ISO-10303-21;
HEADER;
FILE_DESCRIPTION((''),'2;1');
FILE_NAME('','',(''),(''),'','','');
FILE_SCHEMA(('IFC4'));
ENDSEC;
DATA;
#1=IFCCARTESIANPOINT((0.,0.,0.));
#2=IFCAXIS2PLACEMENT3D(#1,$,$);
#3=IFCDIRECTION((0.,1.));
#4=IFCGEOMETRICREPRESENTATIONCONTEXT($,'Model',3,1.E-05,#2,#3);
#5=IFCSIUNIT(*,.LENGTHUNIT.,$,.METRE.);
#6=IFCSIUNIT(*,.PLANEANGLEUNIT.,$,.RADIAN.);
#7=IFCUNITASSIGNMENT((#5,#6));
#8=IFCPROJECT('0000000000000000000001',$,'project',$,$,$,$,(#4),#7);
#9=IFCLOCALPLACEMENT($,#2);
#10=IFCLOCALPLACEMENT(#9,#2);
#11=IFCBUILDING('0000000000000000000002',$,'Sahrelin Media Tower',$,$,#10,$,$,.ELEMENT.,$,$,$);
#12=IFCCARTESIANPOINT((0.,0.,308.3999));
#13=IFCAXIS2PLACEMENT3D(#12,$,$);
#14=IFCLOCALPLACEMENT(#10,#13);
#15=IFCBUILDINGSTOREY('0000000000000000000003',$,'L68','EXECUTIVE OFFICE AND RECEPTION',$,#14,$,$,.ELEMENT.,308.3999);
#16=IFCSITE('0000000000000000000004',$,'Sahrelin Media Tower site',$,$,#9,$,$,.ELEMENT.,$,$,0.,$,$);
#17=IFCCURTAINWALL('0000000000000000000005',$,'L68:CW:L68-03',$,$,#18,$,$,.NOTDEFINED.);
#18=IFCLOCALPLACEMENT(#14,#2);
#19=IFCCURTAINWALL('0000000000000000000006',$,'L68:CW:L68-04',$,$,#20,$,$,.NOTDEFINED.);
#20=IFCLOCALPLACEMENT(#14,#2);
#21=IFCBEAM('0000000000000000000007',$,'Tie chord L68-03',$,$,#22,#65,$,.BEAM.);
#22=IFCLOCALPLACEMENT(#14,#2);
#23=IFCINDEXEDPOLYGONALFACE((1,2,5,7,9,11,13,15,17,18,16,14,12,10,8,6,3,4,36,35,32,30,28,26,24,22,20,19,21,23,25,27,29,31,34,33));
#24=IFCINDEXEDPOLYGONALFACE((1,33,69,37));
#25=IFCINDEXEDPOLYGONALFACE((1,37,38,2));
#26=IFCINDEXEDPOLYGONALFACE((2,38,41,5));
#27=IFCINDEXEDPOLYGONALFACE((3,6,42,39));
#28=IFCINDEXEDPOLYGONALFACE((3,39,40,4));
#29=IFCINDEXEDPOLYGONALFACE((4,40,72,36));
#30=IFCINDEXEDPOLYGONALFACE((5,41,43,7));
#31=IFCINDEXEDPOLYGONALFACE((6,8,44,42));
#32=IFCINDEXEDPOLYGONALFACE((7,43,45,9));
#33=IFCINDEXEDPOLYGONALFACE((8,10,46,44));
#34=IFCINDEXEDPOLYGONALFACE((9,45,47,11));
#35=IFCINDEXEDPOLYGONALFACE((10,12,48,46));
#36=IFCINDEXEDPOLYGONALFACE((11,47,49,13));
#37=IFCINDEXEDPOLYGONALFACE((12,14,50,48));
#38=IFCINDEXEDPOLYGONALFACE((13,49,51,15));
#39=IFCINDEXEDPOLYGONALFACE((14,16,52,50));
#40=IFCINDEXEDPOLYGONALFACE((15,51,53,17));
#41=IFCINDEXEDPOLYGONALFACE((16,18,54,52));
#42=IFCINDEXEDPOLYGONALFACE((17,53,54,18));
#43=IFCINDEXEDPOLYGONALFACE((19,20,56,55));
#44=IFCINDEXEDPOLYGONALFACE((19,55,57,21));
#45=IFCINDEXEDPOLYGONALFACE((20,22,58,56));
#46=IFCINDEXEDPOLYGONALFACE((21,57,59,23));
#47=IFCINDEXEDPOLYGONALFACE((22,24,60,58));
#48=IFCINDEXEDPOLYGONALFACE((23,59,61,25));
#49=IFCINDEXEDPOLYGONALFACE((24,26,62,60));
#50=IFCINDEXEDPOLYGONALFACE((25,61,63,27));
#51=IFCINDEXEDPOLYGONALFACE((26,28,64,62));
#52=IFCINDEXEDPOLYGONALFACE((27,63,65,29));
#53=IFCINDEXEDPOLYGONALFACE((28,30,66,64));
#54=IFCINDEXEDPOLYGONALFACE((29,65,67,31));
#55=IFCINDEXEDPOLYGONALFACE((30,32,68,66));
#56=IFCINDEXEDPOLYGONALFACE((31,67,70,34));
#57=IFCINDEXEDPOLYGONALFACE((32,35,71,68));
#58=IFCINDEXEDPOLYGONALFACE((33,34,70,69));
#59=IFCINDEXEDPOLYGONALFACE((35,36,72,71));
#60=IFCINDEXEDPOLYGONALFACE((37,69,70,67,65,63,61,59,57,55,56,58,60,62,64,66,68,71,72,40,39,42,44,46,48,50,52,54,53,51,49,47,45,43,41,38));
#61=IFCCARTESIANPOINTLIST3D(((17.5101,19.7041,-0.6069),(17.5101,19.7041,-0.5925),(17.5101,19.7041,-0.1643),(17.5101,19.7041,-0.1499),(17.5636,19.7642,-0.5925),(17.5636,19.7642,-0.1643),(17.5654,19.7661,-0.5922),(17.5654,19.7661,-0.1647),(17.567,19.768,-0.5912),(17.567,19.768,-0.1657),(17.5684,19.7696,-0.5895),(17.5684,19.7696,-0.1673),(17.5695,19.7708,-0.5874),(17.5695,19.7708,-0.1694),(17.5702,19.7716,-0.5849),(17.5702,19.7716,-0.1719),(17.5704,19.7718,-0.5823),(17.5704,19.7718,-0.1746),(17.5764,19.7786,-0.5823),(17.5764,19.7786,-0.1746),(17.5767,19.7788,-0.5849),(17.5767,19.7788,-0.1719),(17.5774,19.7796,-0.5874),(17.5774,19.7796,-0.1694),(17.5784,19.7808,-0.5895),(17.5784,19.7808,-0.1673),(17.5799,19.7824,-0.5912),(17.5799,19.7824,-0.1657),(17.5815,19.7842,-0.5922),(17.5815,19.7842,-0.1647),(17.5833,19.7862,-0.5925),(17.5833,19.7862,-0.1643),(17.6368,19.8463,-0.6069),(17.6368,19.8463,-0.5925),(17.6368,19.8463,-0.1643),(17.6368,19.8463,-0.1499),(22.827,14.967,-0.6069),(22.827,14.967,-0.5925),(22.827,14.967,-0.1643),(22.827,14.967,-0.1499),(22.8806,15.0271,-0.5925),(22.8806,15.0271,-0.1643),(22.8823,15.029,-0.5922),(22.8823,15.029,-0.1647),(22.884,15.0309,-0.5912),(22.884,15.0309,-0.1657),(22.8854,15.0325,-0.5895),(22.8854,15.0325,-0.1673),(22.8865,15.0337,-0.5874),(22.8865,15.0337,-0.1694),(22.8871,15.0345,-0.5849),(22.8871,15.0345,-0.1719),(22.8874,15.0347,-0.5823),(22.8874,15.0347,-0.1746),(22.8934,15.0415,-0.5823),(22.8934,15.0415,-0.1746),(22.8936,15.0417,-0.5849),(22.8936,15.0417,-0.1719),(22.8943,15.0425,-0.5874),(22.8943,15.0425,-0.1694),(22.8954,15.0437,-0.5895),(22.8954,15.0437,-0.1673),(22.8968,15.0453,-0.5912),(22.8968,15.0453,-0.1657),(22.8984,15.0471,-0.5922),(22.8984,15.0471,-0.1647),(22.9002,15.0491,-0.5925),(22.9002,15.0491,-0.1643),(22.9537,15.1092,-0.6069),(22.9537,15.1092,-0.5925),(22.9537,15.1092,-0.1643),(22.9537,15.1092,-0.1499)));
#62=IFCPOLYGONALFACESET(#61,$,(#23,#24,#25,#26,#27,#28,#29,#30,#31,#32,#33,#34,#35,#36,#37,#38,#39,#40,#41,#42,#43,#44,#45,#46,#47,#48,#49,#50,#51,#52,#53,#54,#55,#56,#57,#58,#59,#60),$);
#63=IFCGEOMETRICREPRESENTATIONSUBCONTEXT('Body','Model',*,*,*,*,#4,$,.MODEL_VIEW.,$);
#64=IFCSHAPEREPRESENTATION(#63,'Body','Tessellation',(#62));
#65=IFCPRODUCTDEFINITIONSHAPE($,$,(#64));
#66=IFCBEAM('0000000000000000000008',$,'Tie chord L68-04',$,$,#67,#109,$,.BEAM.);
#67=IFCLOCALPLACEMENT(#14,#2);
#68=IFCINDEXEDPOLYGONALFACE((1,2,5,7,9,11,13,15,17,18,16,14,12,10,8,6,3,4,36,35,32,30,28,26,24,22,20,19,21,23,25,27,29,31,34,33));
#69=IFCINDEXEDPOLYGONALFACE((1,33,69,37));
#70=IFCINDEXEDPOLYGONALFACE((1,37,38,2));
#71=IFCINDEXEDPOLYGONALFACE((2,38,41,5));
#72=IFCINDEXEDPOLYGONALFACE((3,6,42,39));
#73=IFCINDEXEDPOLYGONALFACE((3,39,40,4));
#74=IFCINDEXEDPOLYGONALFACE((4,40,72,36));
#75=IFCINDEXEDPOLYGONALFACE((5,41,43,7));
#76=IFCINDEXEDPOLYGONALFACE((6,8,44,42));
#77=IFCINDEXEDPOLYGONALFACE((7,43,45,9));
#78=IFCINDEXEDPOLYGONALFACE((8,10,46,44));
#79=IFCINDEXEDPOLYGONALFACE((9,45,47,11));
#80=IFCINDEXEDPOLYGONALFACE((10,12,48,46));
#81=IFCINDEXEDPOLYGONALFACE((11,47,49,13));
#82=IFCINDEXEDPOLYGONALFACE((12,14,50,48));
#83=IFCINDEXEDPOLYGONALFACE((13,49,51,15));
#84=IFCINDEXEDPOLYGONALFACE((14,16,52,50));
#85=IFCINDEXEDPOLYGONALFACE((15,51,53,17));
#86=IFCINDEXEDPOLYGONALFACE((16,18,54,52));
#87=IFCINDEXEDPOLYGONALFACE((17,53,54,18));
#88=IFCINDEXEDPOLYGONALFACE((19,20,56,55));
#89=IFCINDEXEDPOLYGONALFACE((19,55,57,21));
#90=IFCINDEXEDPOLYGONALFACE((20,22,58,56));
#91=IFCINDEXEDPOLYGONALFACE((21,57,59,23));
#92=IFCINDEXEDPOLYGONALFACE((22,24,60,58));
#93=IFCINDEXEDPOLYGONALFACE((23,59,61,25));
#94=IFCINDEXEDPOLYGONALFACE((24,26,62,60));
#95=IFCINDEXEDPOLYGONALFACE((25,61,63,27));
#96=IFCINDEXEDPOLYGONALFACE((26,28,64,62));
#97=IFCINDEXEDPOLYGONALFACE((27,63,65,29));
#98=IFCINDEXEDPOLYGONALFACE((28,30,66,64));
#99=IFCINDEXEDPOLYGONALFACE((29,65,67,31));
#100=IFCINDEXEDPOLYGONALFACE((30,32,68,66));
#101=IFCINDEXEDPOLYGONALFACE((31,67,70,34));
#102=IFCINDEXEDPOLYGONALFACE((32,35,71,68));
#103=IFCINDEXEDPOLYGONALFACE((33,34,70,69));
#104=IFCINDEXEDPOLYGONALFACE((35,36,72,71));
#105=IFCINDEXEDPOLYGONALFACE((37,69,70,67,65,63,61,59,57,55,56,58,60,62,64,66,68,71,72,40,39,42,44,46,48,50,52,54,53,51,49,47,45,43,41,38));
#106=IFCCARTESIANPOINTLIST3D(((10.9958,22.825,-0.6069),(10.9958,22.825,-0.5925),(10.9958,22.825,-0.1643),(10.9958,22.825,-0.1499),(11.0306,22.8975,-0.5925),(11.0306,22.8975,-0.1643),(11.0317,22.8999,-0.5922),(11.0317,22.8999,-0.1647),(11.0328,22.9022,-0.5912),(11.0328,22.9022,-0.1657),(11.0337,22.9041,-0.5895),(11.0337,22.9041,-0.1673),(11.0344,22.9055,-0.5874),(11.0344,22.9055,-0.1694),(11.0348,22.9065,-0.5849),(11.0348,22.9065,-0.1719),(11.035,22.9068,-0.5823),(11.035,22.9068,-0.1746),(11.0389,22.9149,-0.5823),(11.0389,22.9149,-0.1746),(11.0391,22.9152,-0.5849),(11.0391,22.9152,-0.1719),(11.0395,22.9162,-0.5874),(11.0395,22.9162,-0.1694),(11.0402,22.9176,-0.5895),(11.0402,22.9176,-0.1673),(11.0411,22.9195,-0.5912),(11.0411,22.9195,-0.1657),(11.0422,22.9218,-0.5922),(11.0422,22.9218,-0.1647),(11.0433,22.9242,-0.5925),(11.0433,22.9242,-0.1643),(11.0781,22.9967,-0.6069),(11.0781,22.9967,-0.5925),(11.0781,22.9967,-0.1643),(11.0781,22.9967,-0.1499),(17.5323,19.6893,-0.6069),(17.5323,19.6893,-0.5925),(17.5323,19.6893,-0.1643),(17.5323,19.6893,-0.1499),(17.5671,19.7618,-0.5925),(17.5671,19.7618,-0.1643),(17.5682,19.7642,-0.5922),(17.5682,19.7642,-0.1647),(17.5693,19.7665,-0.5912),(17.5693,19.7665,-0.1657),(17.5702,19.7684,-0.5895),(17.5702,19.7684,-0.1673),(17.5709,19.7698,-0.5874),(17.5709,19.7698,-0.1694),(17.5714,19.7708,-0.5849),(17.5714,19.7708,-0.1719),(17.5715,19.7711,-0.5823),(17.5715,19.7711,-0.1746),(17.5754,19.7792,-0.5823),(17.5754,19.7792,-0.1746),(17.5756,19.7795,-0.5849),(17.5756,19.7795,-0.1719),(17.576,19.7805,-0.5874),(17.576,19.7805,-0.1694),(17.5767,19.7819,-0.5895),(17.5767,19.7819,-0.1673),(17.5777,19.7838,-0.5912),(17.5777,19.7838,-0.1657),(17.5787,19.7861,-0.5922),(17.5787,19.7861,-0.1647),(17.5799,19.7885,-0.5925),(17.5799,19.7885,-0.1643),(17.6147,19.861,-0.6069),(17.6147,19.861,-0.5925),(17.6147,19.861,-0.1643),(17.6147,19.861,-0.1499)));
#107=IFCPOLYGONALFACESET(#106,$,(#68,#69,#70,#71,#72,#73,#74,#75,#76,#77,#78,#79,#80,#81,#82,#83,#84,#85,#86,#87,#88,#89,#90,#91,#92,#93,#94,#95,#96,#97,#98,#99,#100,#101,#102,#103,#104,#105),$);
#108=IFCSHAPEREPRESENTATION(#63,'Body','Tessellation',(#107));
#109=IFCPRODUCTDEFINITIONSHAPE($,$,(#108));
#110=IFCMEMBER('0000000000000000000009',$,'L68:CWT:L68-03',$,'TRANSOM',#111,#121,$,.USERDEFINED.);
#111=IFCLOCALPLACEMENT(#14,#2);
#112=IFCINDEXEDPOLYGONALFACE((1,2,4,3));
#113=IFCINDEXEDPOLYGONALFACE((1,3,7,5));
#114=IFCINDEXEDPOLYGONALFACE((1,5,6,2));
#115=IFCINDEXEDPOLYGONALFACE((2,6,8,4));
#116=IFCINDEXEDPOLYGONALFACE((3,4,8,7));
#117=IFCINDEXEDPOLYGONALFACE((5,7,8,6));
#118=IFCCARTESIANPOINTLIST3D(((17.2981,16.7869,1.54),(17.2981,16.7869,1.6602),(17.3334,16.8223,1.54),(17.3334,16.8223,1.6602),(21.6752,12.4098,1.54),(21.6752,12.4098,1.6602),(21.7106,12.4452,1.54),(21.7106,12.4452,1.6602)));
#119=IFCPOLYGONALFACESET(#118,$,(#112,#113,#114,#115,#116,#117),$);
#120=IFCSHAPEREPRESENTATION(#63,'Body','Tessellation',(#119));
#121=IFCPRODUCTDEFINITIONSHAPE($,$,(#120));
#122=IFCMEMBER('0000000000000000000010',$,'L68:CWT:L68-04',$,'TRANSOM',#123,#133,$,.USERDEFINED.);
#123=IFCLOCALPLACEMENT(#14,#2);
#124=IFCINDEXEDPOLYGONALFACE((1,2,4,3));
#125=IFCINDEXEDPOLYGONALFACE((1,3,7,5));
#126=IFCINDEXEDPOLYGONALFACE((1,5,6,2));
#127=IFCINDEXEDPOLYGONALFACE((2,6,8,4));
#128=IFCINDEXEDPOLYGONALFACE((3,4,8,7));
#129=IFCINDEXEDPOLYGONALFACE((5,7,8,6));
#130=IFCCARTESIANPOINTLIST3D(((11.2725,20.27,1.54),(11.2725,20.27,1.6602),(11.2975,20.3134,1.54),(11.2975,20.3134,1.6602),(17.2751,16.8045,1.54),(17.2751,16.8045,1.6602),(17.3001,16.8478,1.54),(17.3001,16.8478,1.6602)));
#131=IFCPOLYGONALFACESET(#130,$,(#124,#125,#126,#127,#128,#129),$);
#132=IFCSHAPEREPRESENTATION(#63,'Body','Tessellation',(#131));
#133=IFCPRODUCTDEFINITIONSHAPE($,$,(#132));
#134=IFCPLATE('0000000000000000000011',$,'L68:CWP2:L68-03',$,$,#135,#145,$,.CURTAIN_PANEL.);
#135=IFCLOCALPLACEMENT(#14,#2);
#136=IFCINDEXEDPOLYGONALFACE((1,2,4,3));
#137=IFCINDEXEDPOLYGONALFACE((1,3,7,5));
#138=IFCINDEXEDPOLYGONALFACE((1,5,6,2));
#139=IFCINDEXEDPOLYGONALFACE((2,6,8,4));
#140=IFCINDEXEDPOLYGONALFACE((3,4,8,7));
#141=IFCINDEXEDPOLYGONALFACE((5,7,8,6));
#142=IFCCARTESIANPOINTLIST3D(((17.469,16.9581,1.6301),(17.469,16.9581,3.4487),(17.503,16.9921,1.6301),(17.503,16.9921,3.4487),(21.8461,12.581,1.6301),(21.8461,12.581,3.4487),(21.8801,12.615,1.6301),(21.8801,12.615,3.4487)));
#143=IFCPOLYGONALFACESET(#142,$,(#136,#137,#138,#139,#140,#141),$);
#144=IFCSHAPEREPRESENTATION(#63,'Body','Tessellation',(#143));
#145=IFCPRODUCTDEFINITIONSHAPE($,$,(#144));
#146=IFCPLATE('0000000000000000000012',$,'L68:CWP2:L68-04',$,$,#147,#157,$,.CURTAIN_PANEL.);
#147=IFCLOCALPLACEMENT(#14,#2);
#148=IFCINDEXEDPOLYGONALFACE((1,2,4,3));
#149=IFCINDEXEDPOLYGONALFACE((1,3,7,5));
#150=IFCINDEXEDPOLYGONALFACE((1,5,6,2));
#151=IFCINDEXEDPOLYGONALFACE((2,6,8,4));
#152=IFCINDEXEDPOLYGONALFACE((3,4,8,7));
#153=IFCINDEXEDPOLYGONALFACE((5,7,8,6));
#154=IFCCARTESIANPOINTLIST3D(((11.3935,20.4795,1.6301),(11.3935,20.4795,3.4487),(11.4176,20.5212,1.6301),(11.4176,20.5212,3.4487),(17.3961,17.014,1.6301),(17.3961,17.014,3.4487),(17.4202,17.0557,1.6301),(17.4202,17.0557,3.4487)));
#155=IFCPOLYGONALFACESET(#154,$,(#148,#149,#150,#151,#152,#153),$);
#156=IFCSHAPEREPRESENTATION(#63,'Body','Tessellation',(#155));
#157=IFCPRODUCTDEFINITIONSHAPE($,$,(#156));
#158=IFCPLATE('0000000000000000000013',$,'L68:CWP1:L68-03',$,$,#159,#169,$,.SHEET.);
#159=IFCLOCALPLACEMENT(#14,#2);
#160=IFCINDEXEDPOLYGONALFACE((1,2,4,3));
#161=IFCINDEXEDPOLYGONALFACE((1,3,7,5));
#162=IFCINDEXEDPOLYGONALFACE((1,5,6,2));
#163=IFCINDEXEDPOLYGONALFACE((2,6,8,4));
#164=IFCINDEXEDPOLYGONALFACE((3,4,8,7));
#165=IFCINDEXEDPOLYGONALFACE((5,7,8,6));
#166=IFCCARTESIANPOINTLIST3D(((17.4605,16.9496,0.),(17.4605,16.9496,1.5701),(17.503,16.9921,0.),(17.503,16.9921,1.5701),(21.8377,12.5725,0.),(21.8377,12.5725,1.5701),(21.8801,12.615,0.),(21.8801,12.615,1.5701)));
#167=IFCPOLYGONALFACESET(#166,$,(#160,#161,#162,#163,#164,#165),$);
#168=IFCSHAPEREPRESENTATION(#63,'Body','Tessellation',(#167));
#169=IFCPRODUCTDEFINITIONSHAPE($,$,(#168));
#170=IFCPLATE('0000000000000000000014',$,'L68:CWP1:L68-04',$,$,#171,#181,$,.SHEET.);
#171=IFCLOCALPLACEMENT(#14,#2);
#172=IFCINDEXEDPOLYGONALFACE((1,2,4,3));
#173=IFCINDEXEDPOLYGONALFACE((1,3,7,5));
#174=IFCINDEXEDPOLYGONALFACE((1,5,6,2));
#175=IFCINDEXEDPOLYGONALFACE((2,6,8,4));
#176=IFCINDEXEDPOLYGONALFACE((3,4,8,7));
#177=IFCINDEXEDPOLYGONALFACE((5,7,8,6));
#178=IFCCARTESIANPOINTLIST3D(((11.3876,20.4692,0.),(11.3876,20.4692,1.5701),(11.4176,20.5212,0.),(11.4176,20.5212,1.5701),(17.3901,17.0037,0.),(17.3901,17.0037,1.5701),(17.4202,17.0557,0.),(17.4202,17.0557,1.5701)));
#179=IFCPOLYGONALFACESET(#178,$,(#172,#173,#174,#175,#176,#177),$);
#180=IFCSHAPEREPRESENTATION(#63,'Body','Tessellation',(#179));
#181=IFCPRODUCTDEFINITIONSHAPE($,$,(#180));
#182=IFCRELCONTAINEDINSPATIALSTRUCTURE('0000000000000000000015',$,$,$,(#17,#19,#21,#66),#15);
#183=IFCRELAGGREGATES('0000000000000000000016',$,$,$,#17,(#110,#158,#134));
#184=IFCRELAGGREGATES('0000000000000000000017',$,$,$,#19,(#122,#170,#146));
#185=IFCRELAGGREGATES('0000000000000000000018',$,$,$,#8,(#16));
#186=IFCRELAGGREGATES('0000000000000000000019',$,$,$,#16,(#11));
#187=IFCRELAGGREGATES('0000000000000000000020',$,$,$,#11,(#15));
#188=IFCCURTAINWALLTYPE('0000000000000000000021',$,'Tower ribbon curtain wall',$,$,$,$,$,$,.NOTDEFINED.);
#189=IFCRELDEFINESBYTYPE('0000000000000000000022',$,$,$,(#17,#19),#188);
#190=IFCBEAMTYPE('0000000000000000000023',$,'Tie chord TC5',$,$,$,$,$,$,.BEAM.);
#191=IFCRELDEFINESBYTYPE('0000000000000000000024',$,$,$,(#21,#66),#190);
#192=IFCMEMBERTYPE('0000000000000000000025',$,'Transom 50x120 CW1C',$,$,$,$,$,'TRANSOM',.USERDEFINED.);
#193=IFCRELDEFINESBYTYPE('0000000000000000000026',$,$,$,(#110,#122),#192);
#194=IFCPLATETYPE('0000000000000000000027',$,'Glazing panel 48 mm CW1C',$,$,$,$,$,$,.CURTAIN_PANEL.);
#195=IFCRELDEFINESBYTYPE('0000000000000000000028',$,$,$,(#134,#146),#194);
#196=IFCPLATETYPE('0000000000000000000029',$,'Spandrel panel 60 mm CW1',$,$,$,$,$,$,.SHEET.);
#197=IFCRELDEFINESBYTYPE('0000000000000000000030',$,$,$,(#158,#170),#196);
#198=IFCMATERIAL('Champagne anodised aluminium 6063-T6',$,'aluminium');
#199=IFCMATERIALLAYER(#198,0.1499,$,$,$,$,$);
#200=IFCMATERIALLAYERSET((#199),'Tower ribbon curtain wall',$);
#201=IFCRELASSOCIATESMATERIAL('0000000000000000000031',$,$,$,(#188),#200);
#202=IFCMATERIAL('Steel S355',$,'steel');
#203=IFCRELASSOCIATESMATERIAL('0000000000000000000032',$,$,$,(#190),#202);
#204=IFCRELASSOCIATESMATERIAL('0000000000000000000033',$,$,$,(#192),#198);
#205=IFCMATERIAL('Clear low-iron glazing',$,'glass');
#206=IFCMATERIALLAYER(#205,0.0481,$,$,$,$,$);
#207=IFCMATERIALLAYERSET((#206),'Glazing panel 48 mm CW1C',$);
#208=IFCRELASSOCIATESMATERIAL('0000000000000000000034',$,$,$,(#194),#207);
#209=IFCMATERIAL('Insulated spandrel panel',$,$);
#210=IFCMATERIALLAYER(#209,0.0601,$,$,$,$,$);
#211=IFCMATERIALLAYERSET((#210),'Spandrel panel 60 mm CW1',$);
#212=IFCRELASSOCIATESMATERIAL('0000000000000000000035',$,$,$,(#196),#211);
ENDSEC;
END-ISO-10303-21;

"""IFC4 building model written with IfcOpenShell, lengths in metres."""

from ifc_helpers import new_model, si_unit, direction, frame, origin, origin_2d, place, context, subcontext, project, spatial, polyline, rectangle, i_section, outline, extrude, material, layer, layer_set, material_profile, profile_set, type_object, element, aggregate, save


model = new_model("IFC4")

# Units and contexts
model_context = context("Model", 3, precision=1e-05, world=origin(), true_north=direction((0.0, 1.0)))
body_context = subcontext(model_context, "Body", "Model", "MODEL_VIEW")
ifc_project = project(units=[si_unit("LENGTHUNIT", "METRE"), si_unit("PLANEANGLEUNIT", "RADIAN")], contexts=[model_context])

# Site, building, storey
site_placement = place(None, origin())
site = spatial("IfcSite", under=ifc_project, at=site_placement, Name="Sahrelin Media Tower site", CompositionType="ELEMENT", RefElevation=0.0)
building_placement = place(site_placement, origin())
building = spatial("IfcBuilding", under=site, at=building_placement, Name="Sahrelin Media Tower", CompositionType="ELEMENT")
storey_placement = place(building_placement, frame((0.0, 0.0, 308.3999)))
storey = spatial("IfcBuildingStorey", under=building, at=storey_placement, Name="L68", Description="EXECUTIVE OFFICE AND RECEPTION", CompositionType="ELEMENT", Elevation=308.3999)

# Shared definitions
ifc_material_1 = material(Name="Steel S355", Category="steel")

# Curtain walls
ifc_material_2 = material(Name="Champagne anodised aluminium 6063-T6", Category="aluminium")
ifc_layer_1 = layer(ifc_material_2, 0.1499)
ifc_layer_set_1 = layer_set([ifc_layer_1], Name="Tower ribbon curtain wall")
curtain_wall_type = type_object("IfcCurtainWallType", Name="Tower ribbon curtain wall", PredefinedType="NOTDEFINED", material=ifc_layer_set_1)
curtain_wall_1_placement = place(storey_placement, frame((19.6775, 14.7893, 0.0), z_axis=(0.0, 0.0, 1.0), x_axis=(1.0, 0.0, 0.0)))
curtain_wall_1 = element("IfcCurtainWall", 1, at=curtain_wall_1_placement, inside=storey, type_object=curtain_wall_type, Name="L68:CW:L68-03", PredefinedType="NOTDEFINED")
curtain_wall_2_placement = place(storey_placement, frame((14.4089, 18.7712, 0.0), z_axis=(0.0, 0.0, 1.0), x_axis=(1.0, 0.0, 0.0)))
curtain_wall_2 = element("IfcCurtainWall", 2, at=curtain_wall_2_placement, inside=storey, type_object=curtain_wall_type, Name="L68:CW:L68-04", PredefinedType="NOTDEFINED")

# Beams
ifc_material_profile_1 = material_profile(ifc_material_1, i_section(OverallWidth=0.1904, OverallDepth=0.457, WebThickness=0.009, FlangeThickness=0.0144, FilletRadius=0.0103, at=origin_2d()), Name="UB 457x191x74")
ifc_profile_set_1 = profile_set([ifc_material_profile_1], Name="Steel S355")
beam_type_1 = type_object("IfcBeamType", Name="Tie chord TC5", PredefinedType="BEAM", material=ifc_profile_set_1)
beam_1_placement = place(storey_placement, frame((22.8904, 15.0381, -0.3784), z_axis=(-0.746647, 0.665221, 0.0), x_axis=(-0.665221, -0.746647, 0.0)))
element("IfcBeam", 3, at=beam_1_placement, inside=storey, type_object=beam_type_1, Name="Tie chord L68-03", PredefinedType="BEAM", context=body_context, shape_type="SweptSolid", body=[
    extrude(i_section(OverallWidth=0.1904, OverallDepth=0.457, WebThickness=0.009, FlangeThickness=0.0144, FilletRadius=0.0103, at=origin_2d()), origin(), (0.0, 0.0, 1.0), 7.1211),
])
beam_2_placement = place(storey_placement, frame((17.5735, 19.7751, -0.3784), z_axis=(-0.901622, 0.432525, 0.0), x_axis=(-0.432525, -0.901622, 0.0)))
element("IfcBeam", 4, at=beam_2_placement, inside=storey, type_object=beam_type_1, Name="Tie chord L68-04", PredefinedType="BEAM", context=body_context, shape_type="SweptSolid", body=[
    extrude(i_section(OverallWidth=0.1904, OverallDepth=0.457, WebThickness=0.009, FlangeThickness=0.0144, FilletRadius=0.0103, at=origin_2d()), origin(), (0.0, 0.0, 1.0), 7.2498),
])

# Members
ifc_material_profile_2 = material_profile(ifc_material_2, rectangle(XDim=0.05, YDim=0.1201, at=origin_2d()), Name="Transom 50x120")
ifc_profile_set_2 = profile_set([ifc_material_profile_2], Name="Champagne anodised aluminium 6063-T6")
member_type_1 = type_object("IfcMemberType", Name="Transom 50x120 CW1C", ElementType="TRANSOM", PredefinedType="USERDEFINED", material=ifc_profile_set_2)
member_1_placement = place(storey_placement, frame((21.6929, 12.4275, 1.6001), z_axis=(-0.707107, 0.707107, 0.0), x_axis=(-0.707107, -0.707107, 0.0)))
member_1 = element("IfcMember", 5, at=member_1_placement, type_object=member_type_1, Name="L68:CWT:L68-03", ObjectType="TRANSOM", PredefinedType="USERDEFINED", context=body_context, shape_type="SweptSolid", body=[
    extrude(rectangle(XDim=0.05, YDim=0.1201, at=origin_2d()), origin(), (0.0, 0.0, 1.0), 6.1902),
])
member_2_placement = place(storey_placement, frame((17.2876, 16.8262, 1.6001), z_axis=(-0.86603, 0.499992, 0.0), x_axis=(-0.499992, -0.86603, 0.0)))
member_2 = element("IfcMember", 6, at=member_2_placement, type_object=member_type_1, Name="L68:CWT:L68-04", ObjectType="TRANSOM", PredefinedType="USERDEFINED", context=body_context, shape_type="SweptSolid", body=[
    extrude(rectangle(XDim=0.05, YDim=0.1201, at=origin_2d()), origin(), (0.0, 0.0, 1.0), 6.9312),
])

# Plates
ifc_material_3 = material(Name="Clear low-iron glazing", Category="glass")
ifc_layer_2 = layer(ifc_material_3, 0.0481)
ifc_layer_set_2 = layer_set([ifc_layer_2], Name="Glazing panel 48 mm CW1C")
plate_type_1 = type_object("IfcPlateType", Name="Glazing panel 48 mm CW1C", PredefinedType="CURTAIN_PANEL", material=ifc_layer_set_2)
plate_1_placement = place(storey_placement, frame((21.8801, 12.615, 1.6301), z_axis=(0.707107, 0.707107, 0.0), x_axis=(-0.707107, 0.707107, 0.0)))
plate_1 = element("IfcPlate", 7, at=plate_1_placement, type_object=plate_type_1, Name="L68:CWP2:L68-03", PredefinedType="CURTAIN_PANEL", context=body_context, shape_type="SweptSolid", body=[
    extrude(outline(polyline([(0.0, 0.0), (6.1902, 0.0), (6.1902, 1.8186), (0.0, 1.8186), (0.0, 0.0)])), origin(), (0.0, 0.0, -1.0), 0.0481),
])
plate_2_placement = place(storey_placement, frame((17.4202, 17.0557, 1.6301), z_axis=(0.499992, 0.86603, 0.0), x_axis=(-0.86603, 0.499992, 0.0)))
plate_2 = element("IfcPlate", 8, at=plate_2_placement, type_object=plate_type_1, Name="L68:CWP2:L68-04", PredefinedType="CURTAIN_PANEL", context=body_context, shape_type="SweptSolid", body=[
    extrude(outline(polyline([(0.0, 0.0), (6.9312, 0.0), (6.9312, 1.8186), (0.0, 1.8186), (0.0, 0.0)])), origin(), (0.0, 0.0, -1.0), 0.0481),
])
ifc_material_4 = material(Name="Insulated spandrel panel")
ifc_layer_3 = layer(ifc_material_4, 0.0601)
ifc_layer_set_3 = layer_set([ifc_layer_3], Name="Spandrel panel 60 mm CW1")
plate_type_2 = type_object("IfcPlateType", Name="Spandrel panel 60 mm CW1", PredefinedType="SHEET", material=ifc_layer_set_3)
plate_3_placement = place(storey_placement, frame((21.8801, 12.615, 0.0), z_axis=(0.707107, 0.707107, 0.0), x_axis=(-0.707107, 0.707107, 0.0)))
plate_3 = element("IfcPlate", 9, at=plate_3_placement, type_object=plate_type_2, Name="L68:CWP1:L68-03", PredefinedType="SHEET", context=body_context, shape_type="SweptSolid", body=[
    extrude(outline(polyline([(0.0, 0.0), (6.1902, 0.0), (6.1902, 1.5701), (0.0, 1.5701), (0.0, 0.0)])), origin(), (0.0, 0.0, -1.0), 0.0601),
])
aggregate(curtain_wall_1, [member_1, plate_3, plate_1])
plate_4_placement = place(storey_placement, frame((17.4202, 17.0557, 0.0), z_axis=(0.499992, 0.86603, 0.0), x_axis=(-0.86603, 0.499992, 0.0)))
plate_4 = element("IfcPlate", 10, at=plate_4_placement, type_object=plate_type_2, Name="L68:CWP1:L68-04", PredefinedType="SHEET", context=body_context, shape_type="SweptSolid", body=[
    extrude(outline(polyline([(0.0, 0.0), (6.9312, 0.0), (6.9312, 1.5701), (0.0, 1.5701), (0.0, 0.0)])), origin(), (0.0, 0.0, -1.0), 0.0601),
])
aggregate(curtain_wall_2, [member_2, plate_4, plate_2])

save(model, "model.ifc")
